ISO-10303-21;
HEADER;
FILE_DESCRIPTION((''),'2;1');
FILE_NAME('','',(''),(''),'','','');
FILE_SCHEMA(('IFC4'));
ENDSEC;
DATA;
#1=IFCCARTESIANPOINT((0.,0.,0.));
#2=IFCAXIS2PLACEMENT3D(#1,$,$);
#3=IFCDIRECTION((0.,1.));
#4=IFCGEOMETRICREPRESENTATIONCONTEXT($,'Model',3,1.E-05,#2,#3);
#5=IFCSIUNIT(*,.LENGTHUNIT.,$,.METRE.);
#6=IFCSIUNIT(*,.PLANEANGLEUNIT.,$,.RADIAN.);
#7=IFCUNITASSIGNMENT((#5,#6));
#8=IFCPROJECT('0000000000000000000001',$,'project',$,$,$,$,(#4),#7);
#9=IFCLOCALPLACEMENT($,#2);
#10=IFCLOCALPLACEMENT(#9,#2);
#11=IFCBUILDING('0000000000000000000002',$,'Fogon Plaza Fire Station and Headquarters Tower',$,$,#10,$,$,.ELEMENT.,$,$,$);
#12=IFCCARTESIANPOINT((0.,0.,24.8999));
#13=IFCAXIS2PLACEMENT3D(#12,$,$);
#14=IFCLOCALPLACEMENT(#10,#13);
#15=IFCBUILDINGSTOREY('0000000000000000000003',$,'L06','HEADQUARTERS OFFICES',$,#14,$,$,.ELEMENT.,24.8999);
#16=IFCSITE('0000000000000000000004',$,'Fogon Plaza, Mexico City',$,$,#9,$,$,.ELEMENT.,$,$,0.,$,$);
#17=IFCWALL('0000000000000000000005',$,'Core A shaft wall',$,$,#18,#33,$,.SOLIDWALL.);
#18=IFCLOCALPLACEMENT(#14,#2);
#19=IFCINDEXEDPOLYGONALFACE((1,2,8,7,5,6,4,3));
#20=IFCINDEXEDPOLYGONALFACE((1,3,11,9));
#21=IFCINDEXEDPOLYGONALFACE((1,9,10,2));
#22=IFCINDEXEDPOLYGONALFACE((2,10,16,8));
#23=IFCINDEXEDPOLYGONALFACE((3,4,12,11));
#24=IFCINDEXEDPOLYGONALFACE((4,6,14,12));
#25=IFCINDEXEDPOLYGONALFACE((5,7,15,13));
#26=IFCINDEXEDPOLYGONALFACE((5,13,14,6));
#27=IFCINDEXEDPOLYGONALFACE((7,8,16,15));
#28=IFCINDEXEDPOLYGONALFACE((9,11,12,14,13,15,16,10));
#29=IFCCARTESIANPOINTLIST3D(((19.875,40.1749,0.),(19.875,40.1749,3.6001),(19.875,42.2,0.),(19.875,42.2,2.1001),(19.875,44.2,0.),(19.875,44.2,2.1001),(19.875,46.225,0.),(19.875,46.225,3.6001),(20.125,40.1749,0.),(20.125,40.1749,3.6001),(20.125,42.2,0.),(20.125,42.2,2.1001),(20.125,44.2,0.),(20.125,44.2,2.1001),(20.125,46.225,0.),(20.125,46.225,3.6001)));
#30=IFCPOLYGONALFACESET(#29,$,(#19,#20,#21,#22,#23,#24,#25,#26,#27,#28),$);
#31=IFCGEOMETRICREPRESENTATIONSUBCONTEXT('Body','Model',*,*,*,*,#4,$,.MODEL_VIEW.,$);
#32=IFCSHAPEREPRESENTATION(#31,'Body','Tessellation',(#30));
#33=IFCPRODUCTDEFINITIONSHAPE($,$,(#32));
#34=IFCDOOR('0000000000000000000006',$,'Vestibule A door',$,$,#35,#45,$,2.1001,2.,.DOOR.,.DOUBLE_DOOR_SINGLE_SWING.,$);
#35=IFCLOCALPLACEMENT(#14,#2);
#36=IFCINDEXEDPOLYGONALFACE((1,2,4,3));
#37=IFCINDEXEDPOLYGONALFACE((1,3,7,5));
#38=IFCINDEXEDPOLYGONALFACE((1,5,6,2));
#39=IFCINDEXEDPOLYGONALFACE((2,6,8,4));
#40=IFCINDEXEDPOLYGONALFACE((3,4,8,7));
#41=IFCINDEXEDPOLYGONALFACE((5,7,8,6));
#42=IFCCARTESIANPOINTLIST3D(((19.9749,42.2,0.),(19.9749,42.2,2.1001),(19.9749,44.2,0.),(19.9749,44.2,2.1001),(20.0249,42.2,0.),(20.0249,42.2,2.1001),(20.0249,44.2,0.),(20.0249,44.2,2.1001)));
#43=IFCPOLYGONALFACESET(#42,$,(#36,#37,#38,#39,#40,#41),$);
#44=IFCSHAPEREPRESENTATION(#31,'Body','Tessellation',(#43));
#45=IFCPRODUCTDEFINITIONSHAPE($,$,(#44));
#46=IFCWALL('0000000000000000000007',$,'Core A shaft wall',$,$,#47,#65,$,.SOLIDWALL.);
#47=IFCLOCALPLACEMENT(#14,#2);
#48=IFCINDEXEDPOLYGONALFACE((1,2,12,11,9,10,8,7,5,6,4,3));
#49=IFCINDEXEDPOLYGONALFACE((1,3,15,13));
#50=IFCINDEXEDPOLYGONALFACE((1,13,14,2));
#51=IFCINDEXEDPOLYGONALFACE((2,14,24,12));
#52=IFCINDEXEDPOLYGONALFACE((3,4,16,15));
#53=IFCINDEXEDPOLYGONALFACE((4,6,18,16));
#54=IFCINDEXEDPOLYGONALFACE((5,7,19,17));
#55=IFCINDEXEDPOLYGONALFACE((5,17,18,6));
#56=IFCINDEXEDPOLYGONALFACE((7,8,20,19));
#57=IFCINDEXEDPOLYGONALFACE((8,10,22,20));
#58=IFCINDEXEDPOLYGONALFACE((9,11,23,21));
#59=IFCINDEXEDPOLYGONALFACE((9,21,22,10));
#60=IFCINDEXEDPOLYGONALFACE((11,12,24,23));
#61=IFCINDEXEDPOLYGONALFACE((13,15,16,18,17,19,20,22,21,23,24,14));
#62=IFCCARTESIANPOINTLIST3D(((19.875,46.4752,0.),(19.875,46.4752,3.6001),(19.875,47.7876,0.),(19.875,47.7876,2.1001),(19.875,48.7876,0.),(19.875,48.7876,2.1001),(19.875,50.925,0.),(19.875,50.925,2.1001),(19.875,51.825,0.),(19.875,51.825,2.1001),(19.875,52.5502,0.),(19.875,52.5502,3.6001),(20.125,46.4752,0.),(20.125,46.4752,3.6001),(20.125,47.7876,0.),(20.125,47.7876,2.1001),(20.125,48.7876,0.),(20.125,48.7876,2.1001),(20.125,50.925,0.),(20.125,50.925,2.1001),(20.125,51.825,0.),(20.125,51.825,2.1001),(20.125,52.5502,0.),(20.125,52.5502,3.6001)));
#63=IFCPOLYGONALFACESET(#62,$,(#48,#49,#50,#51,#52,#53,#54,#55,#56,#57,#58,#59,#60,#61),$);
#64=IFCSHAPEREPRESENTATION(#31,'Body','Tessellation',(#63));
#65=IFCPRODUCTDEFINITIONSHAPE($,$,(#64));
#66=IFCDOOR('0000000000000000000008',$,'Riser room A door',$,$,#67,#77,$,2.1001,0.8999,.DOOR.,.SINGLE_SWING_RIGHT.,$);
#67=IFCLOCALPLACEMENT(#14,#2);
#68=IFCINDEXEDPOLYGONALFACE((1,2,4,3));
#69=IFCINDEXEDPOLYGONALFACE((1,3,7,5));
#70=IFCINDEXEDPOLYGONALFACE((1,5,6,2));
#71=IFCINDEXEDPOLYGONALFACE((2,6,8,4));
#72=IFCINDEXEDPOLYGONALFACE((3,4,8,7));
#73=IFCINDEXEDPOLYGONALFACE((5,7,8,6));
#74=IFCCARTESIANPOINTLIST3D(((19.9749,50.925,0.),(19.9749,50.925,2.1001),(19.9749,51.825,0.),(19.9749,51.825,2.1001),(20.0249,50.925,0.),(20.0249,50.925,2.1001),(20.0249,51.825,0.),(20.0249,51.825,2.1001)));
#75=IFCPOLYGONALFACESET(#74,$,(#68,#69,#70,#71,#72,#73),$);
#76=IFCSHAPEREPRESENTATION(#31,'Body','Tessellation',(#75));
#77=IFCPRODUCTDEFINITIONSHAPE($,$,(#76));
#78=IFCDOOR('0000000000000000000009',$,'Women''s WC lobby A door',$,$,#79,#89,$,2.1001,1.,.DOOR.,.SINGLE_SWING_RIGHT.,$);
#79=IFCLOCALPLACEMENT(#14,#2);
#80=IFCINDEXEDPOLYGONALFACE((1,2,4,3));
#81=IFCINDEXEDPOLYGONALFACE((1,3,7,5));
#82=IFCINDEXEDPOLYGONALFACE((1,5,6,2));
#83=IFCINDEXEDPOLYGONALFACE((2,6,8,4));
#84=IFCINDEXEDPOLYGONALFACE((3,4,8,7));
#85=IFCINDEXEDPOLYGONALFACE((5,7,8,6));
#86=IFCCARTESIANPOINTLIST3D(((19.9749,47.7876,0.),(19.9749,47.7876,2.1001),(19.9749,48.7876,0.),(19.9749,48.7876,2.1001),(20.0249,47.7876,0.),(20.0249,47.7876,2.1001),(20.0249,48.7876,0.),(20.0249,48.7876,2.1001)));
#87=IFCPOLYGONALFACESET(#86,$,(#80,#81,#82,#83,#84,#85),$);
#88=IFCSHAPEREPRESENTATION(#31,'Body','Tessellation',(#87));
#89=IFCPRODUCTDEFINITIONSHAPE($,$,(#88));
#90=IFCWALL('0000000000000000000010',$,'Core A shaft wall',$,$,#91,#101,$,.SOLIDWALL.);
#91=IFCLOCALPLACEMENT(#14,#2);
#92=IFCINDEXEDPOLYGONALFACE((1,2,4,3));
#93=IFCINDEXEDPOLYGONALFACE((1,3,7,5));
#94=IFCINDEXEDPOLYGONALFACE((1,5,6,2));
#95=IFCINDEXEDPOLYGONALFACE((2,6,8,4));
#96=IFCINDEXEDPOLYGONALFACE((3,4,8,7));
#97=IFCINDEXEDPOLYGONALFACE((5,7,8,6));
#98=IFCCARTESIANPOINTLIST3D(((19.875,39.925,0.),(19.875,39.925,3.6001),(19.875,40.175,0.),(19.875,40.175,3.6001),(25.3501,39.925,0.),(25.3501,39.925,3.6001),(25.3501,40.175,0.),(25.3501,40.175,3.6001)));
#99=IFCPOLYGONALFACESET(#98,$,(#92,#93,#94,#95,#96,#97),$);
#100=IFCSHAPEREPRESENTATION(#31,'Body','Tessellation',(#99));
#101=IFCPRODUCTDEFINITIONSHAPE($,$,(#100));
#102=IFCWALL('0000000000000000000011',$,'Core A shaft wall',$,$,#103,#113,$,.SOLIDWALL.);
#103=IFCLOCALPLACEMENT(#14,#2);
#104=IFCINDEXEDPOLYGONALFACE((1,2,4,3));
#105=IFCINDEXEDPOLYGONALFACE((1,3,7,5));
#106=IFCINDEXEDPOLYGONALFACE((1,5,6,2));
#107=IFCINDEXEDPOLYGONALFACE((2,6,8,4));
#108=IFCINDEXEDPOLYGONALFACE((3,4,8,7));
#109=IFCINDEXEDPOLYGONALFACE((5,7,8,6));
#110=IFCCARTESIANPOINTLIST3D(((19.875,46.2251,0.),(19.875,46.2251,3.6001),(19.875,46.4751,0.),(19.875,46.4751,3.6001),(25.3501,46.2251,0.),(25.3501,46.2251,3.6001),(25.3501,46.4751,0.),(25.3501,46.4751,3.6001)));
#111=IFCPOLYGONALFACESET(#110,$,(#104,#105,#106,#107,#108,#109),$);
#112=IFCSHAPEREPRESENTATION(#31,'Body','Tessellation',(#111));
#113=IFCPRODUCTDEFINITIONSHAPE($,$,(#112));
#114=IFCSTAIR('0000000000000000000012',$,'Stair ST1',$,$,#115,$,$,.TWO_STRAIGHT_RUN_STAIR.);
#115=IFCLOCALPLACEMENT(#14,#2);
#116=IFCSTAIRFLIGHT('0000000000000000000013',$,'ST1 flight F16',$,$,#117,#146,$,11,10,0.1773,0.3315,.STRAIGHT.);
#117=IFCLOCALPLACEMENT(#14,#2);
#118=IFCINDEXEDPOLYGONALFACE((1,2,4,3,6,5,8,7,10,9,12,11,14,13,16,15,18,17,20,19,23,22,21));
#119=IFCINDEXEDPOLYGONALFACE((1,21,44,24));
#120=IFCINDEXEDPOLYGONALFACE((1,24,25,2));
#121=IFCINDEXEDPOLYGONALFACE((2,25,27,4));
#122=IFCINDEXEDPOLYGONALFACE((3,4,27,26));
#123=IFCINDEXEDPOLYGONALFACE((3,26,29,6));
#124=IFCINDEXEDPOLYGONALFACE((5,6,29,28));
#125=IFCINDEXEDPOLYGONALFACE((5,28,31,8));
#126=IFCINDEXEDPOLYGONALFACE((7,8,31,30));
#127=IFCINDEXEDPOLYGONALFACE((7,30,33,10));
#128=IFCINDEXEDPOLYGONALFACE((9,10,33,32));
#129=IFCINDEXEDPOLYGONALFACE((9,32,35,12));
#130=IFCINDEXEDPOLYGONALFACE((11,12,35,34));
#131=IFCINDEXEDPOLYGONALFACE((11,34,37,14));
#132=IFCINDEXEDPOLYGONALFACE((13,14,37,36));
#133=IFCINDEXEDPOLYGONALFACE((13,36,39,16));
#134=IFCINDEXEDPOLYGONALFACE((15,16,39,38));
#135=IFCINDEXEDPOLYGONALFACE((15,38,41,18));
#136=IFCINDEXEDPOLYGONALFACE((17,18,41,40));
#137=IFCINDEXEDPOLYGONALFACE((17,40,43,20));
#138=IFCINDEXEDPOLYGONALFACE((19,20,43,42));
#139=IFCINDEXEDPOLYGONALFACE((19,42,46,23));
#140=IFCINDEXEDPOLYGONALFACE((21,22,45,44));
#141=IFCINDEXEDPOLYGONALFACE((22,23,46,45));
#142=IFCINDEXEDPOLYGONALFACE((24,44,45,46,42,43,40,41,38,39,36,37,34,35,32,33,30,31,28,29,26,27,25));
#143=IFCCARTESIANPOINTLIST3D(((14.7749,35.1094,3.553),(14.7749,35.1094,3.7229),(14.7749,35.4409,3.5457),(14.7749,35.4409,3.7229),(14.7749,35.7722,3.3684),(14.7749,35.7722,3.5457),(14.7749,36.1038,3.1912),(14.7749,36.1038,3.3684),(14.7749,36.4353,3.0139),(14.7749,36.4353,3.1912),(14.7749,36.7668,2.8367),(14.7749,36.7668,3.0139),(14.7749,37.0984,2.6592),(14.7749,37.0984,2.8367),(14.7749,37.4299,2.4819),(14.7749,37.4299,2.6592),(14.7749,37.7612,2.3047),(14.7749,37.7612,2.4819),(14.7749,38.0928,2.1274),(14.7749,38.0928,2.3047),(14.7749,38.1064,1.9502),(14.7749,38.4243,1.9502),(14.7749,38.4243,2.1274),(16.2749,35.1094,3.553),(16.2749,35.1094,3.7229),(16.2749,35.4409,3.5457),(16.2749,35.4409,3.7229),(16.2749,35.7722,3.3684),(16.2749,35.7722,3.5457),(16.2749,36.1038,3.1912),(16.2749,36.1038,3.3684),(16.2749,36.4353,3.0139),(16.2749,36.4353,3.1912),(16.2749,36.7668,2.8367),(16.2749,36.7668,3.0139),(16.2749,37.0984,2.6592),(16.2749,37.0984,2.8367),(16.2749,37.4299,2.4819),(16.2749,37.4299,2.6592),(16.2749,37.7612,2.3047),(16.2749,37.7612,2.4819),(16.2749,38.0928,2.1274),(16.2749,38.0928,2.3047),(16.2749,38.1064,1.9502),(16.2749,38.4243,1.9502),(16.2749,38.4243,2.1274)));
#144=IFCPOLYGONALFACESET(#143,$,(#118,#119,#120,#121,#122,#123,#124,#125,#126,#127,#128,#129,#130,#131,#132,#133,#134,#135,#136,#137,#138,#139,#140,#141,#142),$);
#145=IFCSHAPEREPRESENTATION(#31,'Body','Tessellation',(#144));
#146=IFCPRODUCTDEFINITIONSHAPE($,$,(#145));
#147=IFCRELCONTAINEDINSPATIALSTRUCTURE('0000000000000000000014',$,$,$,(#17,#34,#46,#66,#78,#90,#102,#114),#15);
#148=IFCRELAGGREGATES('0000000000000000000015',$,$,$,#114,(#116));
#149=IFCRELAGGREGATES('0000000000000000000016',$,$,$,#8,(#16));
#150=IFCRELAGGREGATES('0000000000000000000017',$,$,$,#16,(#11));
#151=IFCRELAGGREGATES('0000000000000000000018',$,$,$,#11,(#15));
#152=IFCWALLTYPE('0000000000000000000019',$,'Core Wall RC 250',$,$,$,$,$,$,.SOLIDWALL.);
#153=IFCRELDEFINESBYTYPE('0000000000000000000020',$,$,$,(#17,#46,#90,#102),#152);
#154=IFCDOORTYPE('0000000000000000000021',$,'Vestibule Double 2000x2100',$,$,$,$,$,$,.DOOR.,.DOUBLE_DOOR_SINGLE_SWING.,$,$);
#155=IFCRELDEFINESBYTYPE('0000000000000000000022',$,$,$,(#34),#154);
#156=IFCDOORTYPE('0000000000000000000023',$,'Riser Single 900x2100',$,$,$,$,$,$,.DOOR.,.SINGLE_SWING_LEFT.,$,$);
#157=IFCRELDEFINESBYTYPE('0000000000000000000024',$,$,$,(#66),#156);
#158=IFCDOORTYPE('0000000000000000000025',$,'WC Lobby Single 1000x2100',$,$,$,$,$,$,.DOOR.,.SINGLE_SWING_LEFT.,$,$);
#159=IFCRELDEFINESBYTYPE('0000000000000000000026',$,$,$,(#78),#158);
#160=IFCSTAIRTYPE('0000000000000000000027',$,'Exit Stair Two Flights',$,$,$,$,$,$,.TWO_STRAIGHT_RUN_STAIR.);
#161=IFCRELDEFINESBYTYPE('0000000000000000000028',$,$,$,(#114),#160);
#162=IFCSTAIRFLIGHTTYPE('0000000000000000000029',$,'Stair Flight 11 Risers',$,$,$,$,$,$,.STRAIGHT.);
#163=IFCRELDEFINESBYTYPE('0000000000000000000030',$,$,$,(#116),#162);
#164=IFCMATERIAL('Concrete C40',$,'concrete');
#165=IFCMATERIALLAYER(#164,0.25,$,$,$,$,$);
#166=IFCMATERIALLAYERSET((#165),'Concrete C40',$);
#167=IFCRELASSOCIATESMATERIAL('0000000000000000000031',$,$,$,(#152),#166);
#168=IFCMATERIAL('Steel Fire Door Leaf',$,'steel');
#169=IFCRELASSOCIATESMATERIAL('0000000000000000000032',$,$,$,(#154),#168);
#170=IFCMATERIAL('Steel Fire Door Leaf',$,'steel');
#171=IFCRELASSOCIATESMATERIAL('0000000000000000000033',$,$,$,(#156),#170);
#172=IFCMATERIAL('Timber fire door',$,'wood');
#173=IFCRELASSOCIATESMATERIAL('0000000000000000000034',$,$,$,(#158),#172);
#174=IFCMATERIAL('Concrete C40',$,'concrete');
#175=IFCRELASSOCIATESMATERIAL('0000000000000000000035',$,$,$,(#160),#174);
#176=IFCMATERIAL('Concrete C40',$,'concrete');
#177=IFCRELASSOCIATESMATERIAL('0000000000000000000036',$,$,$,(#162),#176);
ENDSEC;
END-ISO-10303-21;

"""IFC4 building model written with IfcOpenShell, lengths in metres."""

from ifc_helpers import new_model, si_unit, direction, frame, frame_2d, origin, place, context, subcontext, project, spatial, polyline, rectangle, outline, extrude, material, layer, layer_set, type_object, element, fill, aggregate, save


model = new_model("IFC4")

# Units and contexts
model_context = context("Model", 3, precision=1e-05, world=origin(), true_north=direction((0.0, 1.0)))
body_context = subcontext(model_context, "Body", "Model", "MODEL_VIEW")
ifc_project = project(units=[si_unit("LENGTHUNIT", "METRE"), si_unit("PLANEANGLEUNIT", "RADIAN")], contexts=[model_context])

# Site, building, storey
site_placement = place(None, origin())
site = spatial("IfcSite", under=ifc_project, at=site_placement, Name="Fogon Plaza, Mexico City", CompositionType="ELEMENT", RefElevation=0.0)
building_placement = place(site_placement, origin())
building = spatial("IfcBuilding", under=site, at=building_placement, Name="Fogon Plaza Fire Station and Headquarters Tower", CompositionType="ELEMENT")
storey_placement = place(building_placement, frame((0.0, 0.0, 24.8999)))
storey = spatial("IfcBuildingStorey", under=building, at=storey_placement, Name="L06", Description="HEADQUARTERS OFFICES", CompositionType="ELEMENT", Elevation=24.8999)

# Shared definitions
ifc_material_1 = material(Name="Concrete C40", Category="concrete")
ifc_layer = layer(ifc_material_1, 0.25)
ifc_layer_set = layer_set([ifc_layer], Name="Concrete C40")
wall_type = type_object("IfcWallType", Name="Core Wall RC 250", PredefinedType="SOLIDWALL", material=ifc_layer_set)

# Wall, opening, door
wall_1_placement = place(storey_placement, frame((20.0, 40.175, 0.0), z_axis=(0.0, 0.0, 1.0), x_axis=(0.0, 1.0, 0.0)))
wall_1 = element("IfcWall", 1, at=wall_1_placement, inside=storey, type_object=wall_type, Name="Core A shaft wall", PredefinedType="SOLIDWALL", context=body_context, shape_type="SweptSolid", body=[
    extrude(rectangle(XDim=6.05, YDim=0.25, at=frame_2d((3.0249, 0.0))), origin(), (0.0, 0.0, 1.0), 3.6001),
])
opening_1_placement = place(wall_1_placement, frame((2.0249, 0.0, 0.0)))
opening_1 = element("IfcOpeningElement", 2, at=opening_1_placement, cuts=wall_1, PredefinedType="OPENING", context=body_context, shape_type="SweptSolid", body=[
    extrude(rectangle(XDim=2.0, YDim=2.1001, at=frame_2d((1.0, 1.05))), frame((0.0, 0.135, 0.0), z_axis=(0.0, -1.0, 0.0), x_axis=(1.0, 0.0, 0.0)), (0.0, 0.0, 1.0), 0.27),
])
ifc_material_2 = material(Name="Steel Fire Door Leaf", Category="steel")
door_type_1 = type_object("IfcDoorType", Name="Vestibule Double 2000x2100", OperationType="DOUBLE_DOOR_SINGLE_SWING", PredefinedType="DOOR", material=ifc_material_2)
door_1_placement = place(opening_1_placement, frame((2.0, 0.0, 0.0), z_axis=(0.0, 0.0, 1.0), x_axis=(-1.0, 0.0, 0.0)))
door_1 = element("IfcDoor", 3, at=door_1_placement, inside=storey, type_object=door_type_1, Name="Vestibule A door", OperationType="DOUBLE_DOOR_SINGLE_SWING", OverallHeight=2.1001, OverallWidth=2.0, PredefinedType="DOOR", context=body_context, shape_type="SweptSolid", body=[
    extrude(rectangle(XDim=2.0, YDim=2.1001, at=frame_2d((1.0, 1.05))), frame((0.0, 0.0249, 0.0), z_axis=(0.0, -1.0, 0.0), x_axis=(1.0, 0.0, 0.0)), (0.0, 0.0, 1.0), 0.05),
])
fill(opening_1, door_1)

# Wall, openings, doors
wall_2_placement = place(storey_placement, frame((20.0, 46.4751, 0.0), z_axis=(0.0, 0.0, 1.0), x_axis=(0.0, 1.0, 0.0)))
wall_2 = element("IfcWall", 4, at=wall_2_placement, inside=storey, type_object=wall_type, Name="Core A shaft wall", PredefinedType="SOLIDWALL", context=body_context, shape_type="SweptSolid", body=[
    extrude(rectangle(XDim=6.075, YDim=0.25, at=frame_2d((3.0376, 0.0))), origin(), (0.0, 0.0, 1.0), 3.6001),
])
opening_2_placement = place(wall_2_placement, frame((1.3125, 0.0, 0.0)))
opening_2 = element("IfcOpeningElement", 5, at=opening_2_placement, cuts=wall_2, PredefinedType="OPENING", context=body_context, shape_type="SweptSolid", body=[
    extrude(rectangle(XDim=1.0, YDim=2.1001, at=frame_2d((0.5, 1.05))), frame((0.0, 0.135, 0.0), z_axis=(0.0, -1.0, 0.0), x_axis=(1.0, 0.0, 0.0)), (0.0, 0.0, 1.0), 0.27),
])
opening_3_placement = place(wall_2_placement, frame((4.45, 0.0, 0.0)))
opening_3 = element("IfcOpeningElement", 6, at=opening_3_placement, cuts=wall_2, PredefinedType="OPENING", context=body_context, shape_type="SweptSolid", body=[
    extrude(rectangle(XDim=0.8999, YDim=2.1001, at=frame_2d((0.45, 1.05))), frame((0.0, 0.135, 0.0), z_axis=(0.0, -1.0, 0.0), x_axis=(1.0, 0.0, 0.0)), (0.0, 0.0, 1.0), 0.27),
])
ifc_material_3 = material(Name="Steel Fire Door Leaf", Category="steel")
door_type_2 = type_object("IfcDoorType", Name="Riser Single 900x2100", OperationType="SINGLE_SWING_LEFT", PredefinedType="DOOR", material=ifc_material_3)
door_2_placement = place(opening_3_placement, frame((0.8999, 0.0, 0.0), z_axis=(0.0, 0.0, 1.0), x_axis=(-1.0, 0.0, 0.0)))
door_2 = element("IfcDoor", 7, at=door_2_placement, inside=storey, type_object=door_type_2, Name="Riser room A door", OperationType="SINGLE_SWING_RIGHT", OverallHeight=2.1001, OverallWidth=0.8999, PredefinedType="DOOR", context=body_context, shape_type="SweptSolid", body=[
    extrude(rectangle(XDim=0.8999, YDim=2.1001, at=frame_2d((0.45, 1.05))), frame((0.0, 0.0249, 0.0), z_axis=(0.0, -1.0, 0.0), x_axis=(1.0, 0.0, 0.0)), (0.0, 0.0, 1.0), 0.05),
])
fill(opening_3, door_2)
ifc_material_4 = material(Name="Timber fire door", Category="wood")
door_type_3 = type_object("IfcDoorType", Name="WC Lobby Single 1000x2100", OperationType="SINGLE_SWING_LEFT", PredefinedType="DOOR", material=ifc_material_4)
door_3_placement = place(opening_2_placement, frame((1.0, 0.0, 0.0), z_axis=(0.0, 0.0, 1.0), x_axis=(-1.0, 0.0, 0.0)))
door_3 = element("IfcDoor", 8, at=door_3_placement, inside=storey, type_object=door_type_3, Name="Women's WC lobby A door", OperationType="SINGLE_SWING_RIGHT", OverallHeight=2.1001, OverallWidth=1.0, PredefinedType="DOOR", context=body_context, shape_type="SweptSolid", body=[
    extrude(rectangle(XDim=1.0, YDim=2.1001, at=frame_2d((0.5, 1.05))), frame((0.0, 0.0249, 0.0), z_axis=(0.0, -1.0, 0.0), x_axis=(1.0, 0.0, 0.0)), (0.0, 0.0, 1.0), 0.05),
])
fill(opening_2, door_3)

# Walls
for number, where, z_axis, x_axis, name in (
    (9, (19.875, 40.05, 0.0), (0.0, 0.0, 1.0), (1.0, 0.0, 0.0), "Core A shaft wall"),
    (10, (19.875, 46.3501, 0.0), (0.0, 0.0, 1.0), (1.0, 0.0, 0.0), "Core A shaft wall"),
):
    element("IfcWall", number, at=place(storey_placement, frame(where, z_axis=z_axis, x_axis=x_axis)), inside=storey, type_object=wall_type, Name=name, PredefinedType="SOLIDWALL", context=body_context, shape_type="SweptSolid", body=[
        extrude(rectangle(XDim=5.4751, YDim=0.25, at=frame_2d((2.7375, 0.0))), origin(), (0.0, 0.0, 1.0), 3.6001),
    ])

# Stair, stair flight
ifc_material_5 = material(Name="Concrete C40", Category="concrete")
stair_type = type_object("IfcStairType", Name="Exit Stair Two Flights", PredefinedType="TWO_STRAIGHT_RUN_STAIR", material=ifc_material_5)
stair_1_placement = place(storey_placement, origin())
stair_1 = element("IfcStair", 11, at=stair_1_placement, inside=storey, type_object=stair_type, Name="Stair ST1", PredefinedType="TWO_STRAIGHT_RUN_STAIR")
ifc_material_6 = material(Name="Concrete C40", Category="concrete")
stair_flight_type = type_object("IfcStairFlightType", Name="Stair Flight 11 Risers", PredefinedType="STRAIGHT", material=ifc_material_6)
stair_flight_1_placement = place(storey_placement, frame((15.5249, 38.4243, 1.9502), z_axis=(0.0, 0.0, 1.0), x_axis=(0.0, -1.0, 0.0)))
stair_flight_1 = element("IfcStairFlight", 12, at=stair_flight_1_placement, type_object=stair_flight_type, Name="ST1 flight F16", NumberOfRisers=11, NumberOfTreads=10, PredefinedType="STRAIGHT", RiserHeight=0.1773, TreadLength=0.3315, context=body_context, shape_type="SweptSolid", body=[
    extrude(outline(polyline([(0.0, 0.0), (0.0, 0.1772), (0.3315, 0.1772), (0.3315, 0.3545), (0.6631, 0.3545), (0.6631, 0.5317), (0.9944, 0.5317), (0.9944, 0.709), (1.3259, 0.709), (1.3259, 0.8865), (1.6575, 0.8865), (1.6575, 1.0637), (1.989, 1.0637), (1.989, 1.241), (2.3206, 1.241), (2.3206, 1.4182), (2.6521, 1.4182), (2.6521, 1.5955), (2.9834, 1.5955), (2.9834, 1.7727), (3.3149, 1.7727), (3.3149, 1.95), (3.3149, 1.6028), (0.3179, 0.0), (0.0, 0.0)])), frame((0.0, 0.75, 0.0), z_axis=(0.0, -1.0, 0.0), x_axis=(1.0, 0.0, 0.0)), (0.0, 0.0, 1.0), 1.5),
])
aggregate(stair_1, [stair_flight_1])

save(model, "model.ifc")
